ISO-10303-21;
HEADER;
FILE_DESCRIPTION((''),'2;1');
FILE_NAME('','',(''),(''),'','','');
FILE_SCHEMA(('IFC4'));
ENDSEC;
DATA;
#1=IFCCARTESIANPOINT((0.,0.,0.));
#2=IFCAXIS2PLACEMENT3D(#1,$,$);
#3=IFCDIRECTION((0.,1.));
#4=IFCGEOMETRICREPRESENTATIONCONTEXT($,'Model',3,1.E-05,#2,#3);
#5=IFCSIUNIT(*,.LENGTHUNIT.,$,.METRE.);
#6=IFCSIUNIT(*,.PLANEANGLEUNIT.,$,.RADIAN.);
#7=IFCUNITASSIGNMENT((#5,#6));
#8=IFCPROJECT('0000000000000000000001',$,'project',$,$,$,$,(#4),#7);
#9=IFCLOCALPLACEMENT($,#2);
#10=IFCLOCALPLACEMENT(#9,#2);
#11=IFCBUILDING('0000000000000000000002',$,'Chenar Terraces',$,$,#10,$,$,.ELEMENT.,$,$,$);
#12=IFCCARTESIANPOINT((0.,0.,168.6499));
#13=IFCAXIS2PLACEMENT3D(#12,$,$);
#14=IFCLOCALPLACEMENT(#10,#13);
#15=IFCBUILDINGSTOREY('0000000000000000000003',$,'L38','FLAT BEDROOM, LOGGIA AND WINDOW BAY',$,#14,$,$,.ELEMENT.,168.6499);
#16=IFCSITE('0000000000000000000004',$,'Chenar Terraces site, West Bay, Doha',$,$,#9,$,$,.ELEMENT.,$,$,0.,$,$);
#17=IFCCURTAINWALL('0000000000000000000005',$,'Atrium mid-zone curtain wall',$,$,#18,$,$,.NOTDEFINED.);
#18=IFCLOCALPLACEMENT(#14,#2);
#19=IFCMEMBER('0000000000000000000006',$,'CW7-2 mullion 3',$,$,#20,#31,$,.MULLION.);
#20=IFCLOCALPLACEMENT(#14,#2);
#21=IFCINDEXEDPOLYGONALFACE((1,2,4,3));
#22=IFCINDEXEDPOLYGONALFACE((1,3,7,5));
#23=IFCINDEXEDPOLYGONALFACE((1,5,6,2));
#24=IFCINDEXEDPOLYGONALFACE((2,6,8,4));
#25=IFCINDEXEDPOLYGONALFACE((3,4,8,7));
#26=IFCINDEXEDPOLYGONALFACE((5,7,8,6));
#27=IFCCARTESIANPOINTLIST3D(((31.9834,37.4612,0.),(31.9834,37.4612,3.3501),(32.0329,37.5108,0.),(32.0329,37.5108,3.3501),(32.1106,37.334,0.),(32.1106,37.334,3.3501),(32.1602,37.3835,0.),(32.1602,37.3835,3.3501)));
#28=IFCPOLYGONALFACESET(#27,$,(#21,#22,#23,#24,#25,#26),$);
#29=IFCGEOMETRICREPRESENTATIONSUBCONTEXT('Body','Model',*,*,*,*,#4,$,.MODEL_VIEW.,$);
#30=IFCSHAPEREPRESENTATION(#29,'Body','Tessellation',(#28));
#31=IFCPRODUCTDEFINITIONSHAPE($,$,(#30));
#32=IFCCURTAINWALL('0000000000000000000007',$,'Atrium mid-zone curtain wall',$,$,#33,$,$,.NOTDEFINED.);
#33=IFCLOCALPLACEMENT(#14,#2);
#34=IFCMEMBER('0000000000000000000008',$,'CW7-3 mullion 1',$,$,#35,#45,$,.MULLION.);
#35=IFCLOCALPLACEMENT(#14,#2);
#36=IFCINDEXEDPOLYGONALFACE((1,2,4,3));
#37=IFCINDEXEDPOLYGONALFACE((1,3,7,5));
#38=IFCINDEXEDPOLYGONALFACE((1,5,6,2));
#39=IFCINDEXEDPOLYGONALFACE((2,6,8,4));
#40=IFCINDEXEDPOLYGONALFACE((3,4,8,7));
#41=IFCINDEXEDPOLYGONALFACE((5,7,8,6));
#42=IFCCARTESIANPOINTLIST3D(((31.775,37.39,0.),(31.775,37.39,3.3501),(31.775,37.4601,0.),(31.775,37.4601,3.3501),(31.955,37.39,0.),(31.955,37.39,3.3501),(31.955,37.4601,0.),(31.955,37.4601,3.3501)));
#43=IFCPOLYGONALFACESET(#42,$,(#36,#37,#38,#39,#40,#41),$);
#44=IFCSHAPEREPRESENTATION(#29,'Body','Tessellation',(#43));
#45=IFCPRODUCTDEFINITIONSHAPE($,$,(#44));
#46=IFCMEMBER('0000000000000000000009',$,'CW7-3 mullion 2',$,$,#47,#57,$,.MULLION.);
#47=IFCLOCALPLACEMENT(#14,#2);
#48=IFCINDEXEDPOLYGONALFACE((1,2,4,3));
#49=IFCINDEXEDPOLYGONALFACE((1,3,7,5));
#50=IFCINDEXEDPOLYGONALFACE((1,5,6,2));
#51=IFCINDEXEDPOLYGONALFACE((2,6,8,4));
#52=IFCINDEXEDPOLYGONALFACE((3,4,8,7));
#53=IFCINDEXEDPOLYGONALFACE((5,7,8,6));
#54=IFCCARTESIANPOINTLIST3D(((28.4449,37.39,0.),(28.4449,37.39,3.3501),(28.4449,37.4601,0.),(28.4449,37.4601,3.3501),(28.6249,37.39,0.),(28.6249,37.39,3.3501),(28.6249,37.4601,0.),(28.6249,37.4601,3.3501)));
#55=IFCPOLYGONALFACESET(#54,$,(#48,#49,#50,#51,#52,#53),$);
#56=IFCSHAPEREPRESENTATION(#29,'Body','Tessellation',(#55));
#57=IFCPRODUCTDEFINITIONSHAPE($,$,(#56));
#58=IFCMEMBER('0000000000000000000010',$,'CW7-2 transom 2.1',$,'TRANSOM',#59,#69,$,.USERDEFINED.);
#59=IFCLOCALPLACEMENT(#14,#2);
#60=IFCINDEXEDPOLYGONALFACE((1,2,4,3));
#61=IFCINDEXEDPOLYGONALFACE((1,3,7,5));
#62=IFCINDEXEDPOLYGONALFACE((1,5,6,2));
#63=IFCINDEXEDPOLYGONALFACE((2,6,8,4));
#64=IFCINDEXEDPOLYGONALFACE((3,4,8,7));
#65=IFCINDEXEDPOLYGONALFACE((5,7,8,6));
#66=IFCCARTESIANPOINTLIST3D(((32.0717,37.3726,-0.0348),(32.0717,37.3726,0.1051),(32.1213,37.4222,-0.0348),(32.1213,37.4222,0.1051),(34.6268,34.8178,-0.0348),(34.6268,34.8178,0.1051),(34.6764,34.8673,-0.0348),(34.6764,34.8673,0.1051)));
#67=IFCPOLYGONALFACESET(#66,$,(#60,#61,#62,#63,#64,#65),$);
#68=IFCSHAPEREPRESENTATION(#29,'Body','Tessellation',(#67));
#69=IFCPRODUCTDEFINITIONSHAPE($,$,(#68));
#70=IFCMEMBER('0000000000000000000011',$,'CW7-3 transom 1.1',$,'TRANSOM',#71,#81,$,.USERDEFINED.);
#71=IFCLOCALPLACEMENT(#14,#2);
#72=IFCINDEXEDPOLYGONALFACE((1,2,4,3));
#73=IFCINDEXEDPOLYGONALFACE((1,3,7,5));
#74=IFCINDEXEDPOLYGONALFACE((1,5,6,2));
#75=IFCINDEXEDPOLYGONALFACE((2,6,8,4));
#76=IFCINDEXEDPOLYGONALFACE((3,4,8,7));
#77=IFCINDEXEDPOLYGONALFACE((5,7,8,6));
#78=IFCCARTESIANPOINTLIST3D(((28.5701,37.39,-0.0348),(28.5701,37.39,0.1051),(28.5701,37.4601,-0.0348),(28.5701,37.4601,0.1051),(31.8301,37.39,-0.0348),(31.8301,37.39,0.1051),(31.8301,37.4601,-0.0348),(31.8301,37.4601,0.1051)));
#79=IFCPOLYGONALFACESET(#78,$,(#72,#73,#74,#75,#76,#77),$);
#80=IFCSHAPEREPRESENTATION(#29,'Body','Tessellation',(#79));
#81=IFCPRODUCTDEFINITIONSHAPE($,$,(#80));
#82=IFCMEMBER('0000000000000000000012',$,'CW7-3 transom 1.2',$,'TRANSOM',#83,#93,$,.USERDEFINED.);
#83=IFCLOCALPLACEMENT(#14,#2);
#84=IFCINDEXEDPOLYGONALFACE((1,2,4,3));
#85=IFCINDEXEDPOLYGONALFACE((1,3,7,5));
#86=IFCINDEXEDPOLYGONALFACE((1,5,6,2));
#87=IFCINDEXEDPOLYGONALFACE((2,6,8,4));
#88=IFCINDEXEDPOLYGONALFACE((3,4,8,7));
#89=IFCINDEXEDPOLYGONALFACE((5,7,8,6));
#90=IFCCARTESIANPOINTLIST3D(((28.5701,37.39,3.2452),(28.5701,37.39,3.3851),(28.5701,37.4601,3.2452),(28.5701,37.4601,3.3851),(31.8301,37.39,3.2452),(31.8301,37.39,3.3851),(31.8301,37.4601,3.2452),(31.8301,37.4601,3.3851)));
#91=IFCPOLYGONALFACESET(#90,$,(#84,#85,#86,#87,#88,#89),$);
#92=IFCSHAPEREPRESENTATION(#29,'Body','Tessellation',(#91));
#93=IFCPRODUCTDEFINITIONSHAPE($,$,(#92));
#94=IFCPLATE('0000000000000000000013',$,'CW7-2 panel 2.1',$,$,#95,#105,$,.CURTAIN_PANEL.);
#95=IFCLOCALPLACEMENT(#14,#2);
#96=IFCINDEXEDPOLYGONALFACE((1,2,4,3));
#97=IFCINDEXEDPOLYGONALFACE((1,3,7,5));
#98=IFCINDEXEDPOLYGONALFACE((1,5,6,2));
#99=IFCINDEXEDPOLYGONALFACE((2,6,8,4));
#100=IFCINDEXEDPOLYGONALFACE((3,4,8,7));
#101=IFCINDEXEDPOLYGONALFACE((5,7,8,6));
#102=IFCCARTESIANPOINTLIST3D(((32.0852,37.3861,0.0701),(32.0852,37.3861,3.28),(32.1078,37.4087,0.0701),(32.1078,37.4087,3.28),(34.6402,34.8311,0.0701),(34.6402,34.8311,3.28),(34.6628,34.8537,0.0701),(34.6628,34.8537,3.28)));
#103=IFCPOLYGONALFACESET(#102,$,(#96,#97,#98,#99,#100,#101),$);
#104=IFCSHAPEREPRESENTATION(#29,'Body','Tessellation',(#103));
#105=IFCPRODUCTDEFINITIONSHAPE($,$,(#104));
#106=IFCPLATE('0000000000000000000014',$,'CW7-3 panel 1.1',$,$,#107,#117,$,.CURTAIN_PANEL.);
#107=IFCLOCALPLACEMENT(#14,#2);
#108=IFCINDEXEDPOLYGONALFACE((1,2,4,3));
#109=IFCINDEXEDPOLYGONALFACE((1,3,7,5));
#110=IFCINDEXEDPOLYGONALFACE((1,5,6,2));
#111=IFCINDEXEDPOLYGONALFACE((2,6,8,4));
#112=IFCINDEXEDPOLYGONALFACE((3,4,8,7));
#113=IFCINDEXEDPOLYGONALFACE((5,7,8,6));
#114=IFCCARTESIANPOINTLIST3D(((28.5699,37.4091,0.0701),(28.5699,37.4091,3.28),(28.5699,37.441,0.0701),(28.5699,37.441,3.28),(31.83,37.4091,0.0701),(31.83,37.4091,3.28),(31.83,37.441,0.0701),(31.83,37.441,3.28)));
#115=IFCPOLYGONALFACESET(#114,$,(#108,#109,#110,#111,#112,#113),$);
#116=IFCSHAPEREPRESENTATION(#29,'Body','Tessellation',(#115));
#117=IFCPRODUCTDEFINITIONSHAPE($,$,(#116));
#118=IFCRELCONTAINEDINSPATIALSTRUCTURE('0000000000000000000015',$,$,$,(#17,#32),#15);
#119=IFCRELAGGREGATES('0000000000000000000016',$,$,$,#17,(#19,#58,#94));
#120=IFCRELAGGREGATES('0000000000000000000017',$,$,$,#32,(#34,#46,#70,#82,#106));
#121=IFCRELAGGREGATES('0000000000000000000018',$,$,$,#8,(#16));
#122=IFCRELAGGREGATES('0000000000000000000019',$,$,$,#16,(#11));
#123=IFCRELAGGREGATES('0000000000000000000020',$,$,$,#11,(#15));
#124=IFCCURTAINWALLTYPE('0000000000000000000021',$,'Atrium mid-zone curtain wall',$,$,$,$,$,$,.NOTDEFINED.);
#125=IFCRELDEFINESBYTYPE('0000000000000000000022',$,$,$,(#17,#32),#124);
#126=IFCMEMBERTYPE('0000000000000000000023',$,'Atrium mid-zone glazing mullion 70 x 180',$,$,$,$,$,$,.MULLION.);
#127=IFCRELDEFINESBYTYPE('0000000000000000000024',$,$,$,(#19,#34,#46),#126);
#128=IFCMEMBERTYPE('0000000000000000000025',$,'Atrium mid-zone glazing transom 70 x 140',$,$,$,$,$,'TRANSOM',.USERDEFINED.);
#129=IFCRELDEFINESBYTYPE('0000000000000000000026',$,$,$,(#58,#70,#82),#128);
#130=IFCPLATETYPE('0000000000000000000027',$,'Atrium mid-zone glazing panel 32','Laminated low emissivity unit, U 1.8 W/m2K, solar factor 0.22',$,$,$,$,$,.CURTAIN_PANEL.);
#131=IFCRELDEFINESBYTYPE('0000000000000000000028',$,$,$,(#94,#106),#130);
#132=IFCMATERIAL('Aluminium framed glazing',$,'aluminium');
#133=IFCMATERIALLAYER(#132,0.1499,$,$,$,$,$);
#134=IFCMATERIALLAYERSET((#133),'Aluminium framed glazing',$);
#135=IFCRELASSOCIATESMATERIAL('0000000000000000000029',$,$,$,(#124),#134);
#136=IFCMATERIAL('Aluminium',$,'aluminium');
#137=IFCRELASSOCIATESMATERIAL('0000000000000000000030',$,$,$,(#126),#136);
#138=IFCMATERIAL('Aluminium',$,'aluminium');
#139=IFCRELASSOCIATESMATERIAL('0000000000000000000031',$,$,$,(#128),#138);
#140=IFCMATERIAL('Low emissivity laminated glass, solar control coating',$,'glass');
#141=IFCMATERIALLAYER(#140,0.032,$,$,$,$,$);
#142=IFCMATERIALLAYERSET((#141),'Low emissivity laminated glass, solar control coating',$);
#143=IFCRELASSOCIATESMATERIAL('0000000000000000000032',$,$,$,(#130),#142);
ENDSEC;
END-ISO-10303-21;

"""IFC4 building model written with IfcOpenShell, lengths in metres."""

from ifc_helpers import new_model, si_unit, direction, frame, origin, origin_2d, place, context, subcontext, project, spatial, rectangle, extrude, material, layer, layer_set, material_profile, profile_set, type_object, element, aggregate, save


model = new_model("IFC4")

# Units and contexts
model_context = context("Model", 3, precision=1e-05, world=origin(), true_north=direction((0.0, 1.0)))
body_context = subcontext(model_context, "Body", "Model", "MODEL_VIEW")
ifc_project = project(units=[si_unit("LENGTHUNIT", "METRE"), si_unit("PLANEANGLEUNIT", "RADIAN")], contexts=[model_context])

# Site, building, storey
site_placement = place(None, origin())
site = spatial("IfcSite", under=ifc_project, at=site_placement, Name="Chenar Terraces site, West Bay, Doha", CompositionType="ELEMENT", RefElevation=0.0)
building_placement = place(site_placement, origin())
building = spatial("IfcBuilding", under=site, at=building_placement, Name="Chenar Terraces", CompositionType="ELEMENT")
storey_placement = place(building_placement, frame((0.0, 0.0, 168.6499)))
storey = spatial("IfcBuildingStorey", under=building, at=storey_placement, Name="L38", Description="FLAT BEDROOM, LOGGIA AND WINDOW BAY", CompositionType="ELEMENT", Elevation=168.6499)

# Curtain wall, member
ifc_material_1 = material(Name="Aluminium framed glazing", Category="aluminium")
ifc_layer_1 = layer(ifc_material_1, 0.1499)
ifc_layer_set_1 = layer_set([ifc_layer_1], Name="Aluminium framed glazing")
curtain_wall_type = type_object("IfcCurtainWallType", Name="Atrium mid-zone curtain wall", PredefinedType="NOTDEFINED", material=ifc_layer_set_1)
placement = place(storey_placement, origin())
curtain_wall_1 = element("IfcCurtainWall", 1, at=placement, inside=storey, type_object=curtain_wall_type, Name="Atrium mid-zone curtain wall", PredefinedType="NOTDEFINED")
ifc_material_2 = material(Name="Aluminium", Category="aluminium")
ifc_material_profile_1 = material_profile(ifc_material_2, rectangle(XDim=0.0701, YDim=0.1799, at=origin_2d()), Name="Atrium mid-zone glazing mullion 70 x 180")
ifc_profile_set_1 = profile_set([ifc_material_profile_1], Name="Aluminium")
member_type_1 = type_object("IfcMemberType", Name="Atrium mid-zone glazing mullion 70 x 180", PredefinedType="MULLION", material=ifc_profile_set_1)
member_1_placement = place(storey_placement, frame((32.0718, 37.4224, 0.0), z_axis=(0.0, 0.0, 1.0), x_axis=(-0.707107, -0.707107, 0.0)))
member_1 = element("IfcMember", 2, at=member_1_placement, type_object=member_type_1, Name="CW7-2 mullion 3", PredefinedType="MULLION", context=body_context, shape_type="SweptSolid", body=[
    extrude(rectangle(XDim=0.0701, YDim=0.1799, at=origin_2d()), origin(), (0.0, 0.0, 1.0), 3.3501),
])

# Curtain wall, members
curtain_wall_2 = element("IfcCurtainWall", 3, at=placement, inside=storey, type_object=curtain_wall_type, Name="Atrium mid-zone curtain wall", PredefinedType="NOTDEFINED")
member_2_placement = place(storey_placement, frame((31.865, 37.425, 0.0), z_axis=(0.0, 0.0, 1.0), x_axis=(0.0, -1.0, 0.0)))
member_2 = element("IfcMember", 4, at=member_2_placement, type_object=member_type_1, Name="CW7-3 mullion 1", PredefinedType="MULLION", context=body_context, shape_type="SweptSolid", body=[
    extrude(rectangle(XDim=0.0701, YDim=0.1799, at=origin_2d()), origin(), (0.0, 0.0, 1.0), 3.3501),
])
member_3_placement = place(storey_placement, frame((28.5349, 37.425, 0.0), z_axis=(0.0, 0.0, 1.0), x_axis=(0.0, -1.0, 0.0)))
member_3 = element("IfcMember", 5, at=member_3_placement, type_object=member_type_1, Name="CW7-3 mullion 2", PredefinedType="MULLION", context=body_context, shape_type="SweptSolid", body=[
    extrude(rectangle(XDim=0.0701, YDim=0.1799, at=origin_2d()), origin(), (0.0, 0.0, 1.0), 3.3501),
])

# Members
ifc_material_3 = material(Name="Aluminium", Category="aluminium")
ifc_material_profile_2 = material_profile(ifc_material_3, rectangle(XDim=0.0701, YDim=0.1399, at=origin_2d()), Name="Atrium mid-zone glazing transom 70 x 140")
ifc_profile_set_2 = profile_set([ifc_material_profile_2], Name="Aluminium")
member_type_2 = type_object("IfcMemberType", Name="Atrium mid-zone glazing transom 70 x 140", ElementType="TRANSOM", PredefinedType="USERDEFINED", material=ifc_profile_set_2)
member_4_placement = place(storey_placement, frame((34.6516, 34.8425, 0.0352), z_axis=(-0.707141, 0.707073, 0.0), x_axis=(-0.707073, -0.707141, 0.0)))
member_4 = element("IfcMember", 6, at=member_4_placement, type_object=member_type_2, Name="CW7-2 transom 2.1", ObjectType="TRANSOM", PredefinedType="USERDEFINED", context=body_context, shape_type="SweptSolid", body=[
    extrude(rectangle(XDim=0.0701, YDim=0.1399, at=origin_2d()), origin(), (0.0, 0.0, 1.0), 3.6133),
])
member_5_placement = place(storey_placement, frame((31.8301, 37.425, 0.0352), z_axis=(-1.0, 0.0, 0.0), x_axis=(0.0, -1.0, 0.0)))
member_5 = element("IfcMember", 7, at=member_5_placement, type_object=member_type_2, Name="CW7-3 transom 1.1", ObjectType="TRANSOM", PredefinedType="USERDEFINED", context=body_context, shape_type="SweptSolid", body=[
    extrude(rectangle(XDim=0.0701, YDim=0.1399, at=origin_2d()), origin(), (0.0, 0.0, 1.0), 3.26),
])
member_6_placement = place(storey_placement, frame((31.8301, 37.425, 3.3152), z_axis=(-1.0, 0.0, 0.0), x_axis=(0.0, -1.0, 0.0)))
member_6 = element("IfcMember", 8, at=member_6_placement, type_object=member_type_2, Name="CW7-3 transom 1.2", ObjectType="TRANSOM", PredefinedType="USERDEFINED", context=body_context, shape_type="SweptSolid", body=[
    extrude(rectangle(XDim=0.0701, YDim=0.1399, at=origin_2d()), origin(), (0.0, 0.0, 1.0), 3.26),
])

# Plates
ifc_material_4 = material(Name="Low emissivity laminated glass, solar control coating", Category="glass")
ifc_layer_2 = layer(ifc_material_4, 0.032)
ifc_layer_set_2 = layer_set([ifc_layer_2], Name="Low emissivity laminated glass, solar control coating")
plate_type = type_object("IfcPlateType", Name="Atrium mid-zone glazing panel 32", Description="Laminated low emissivity unit, U 1.8 W/m2K, solar factor 0.22", PredefinedType="CURTAIN_PANEL", material=ifc_layer_set_2)
plate_1_placement = place(storey_placement, frame((33.374, 36.1199, 0.0701), z_axis=(0.0, 0.0, 1.0), x_axis=(-0.707107, 0.707107, 0.0)))
plate_1 = element("IfcPlate", 9, at=plate_1_placement, type_object=plate_type, Name="CW7-2 panel 2.1", PredefinedType="CURTAIN_PANEL", context=body_context, shape_type="SweptSolid", body=[
    extrude(rectangle(XDim=3.6133, YDim=0.032, at=origin_2d()), origin(), (0.0, 0.0, 1.0), 3.21),
])
aggregate(curtain_wall_1, [member_1, member_4, plate_1])
plate_2_placement = place(storey_placement, frame((30.2, 37.425, 0.0701), z_axis=(0.0, 0.0, 1.0), x_axis=(-1.0, 0.0, 0.0)))
plate_2 = element("IfcPlate", 10, at=plate_2_placement, type_object=plate_type, Name="CW7-3 panel 1.1", PredefinedType="CURTAIN_PANEL", context=body_context, shape_type="SweptSolid", body=[
    extrude(rectangle(XDim=3.26, YDim=0.032, at=origin_2d()), origin(), (0.0, 0.0, 1.0), 3.21),
])
aggregate(curtain_wall_2, [member_2, member_3, member_5, member_6, plate_2])

save(model, "model.ifc")
